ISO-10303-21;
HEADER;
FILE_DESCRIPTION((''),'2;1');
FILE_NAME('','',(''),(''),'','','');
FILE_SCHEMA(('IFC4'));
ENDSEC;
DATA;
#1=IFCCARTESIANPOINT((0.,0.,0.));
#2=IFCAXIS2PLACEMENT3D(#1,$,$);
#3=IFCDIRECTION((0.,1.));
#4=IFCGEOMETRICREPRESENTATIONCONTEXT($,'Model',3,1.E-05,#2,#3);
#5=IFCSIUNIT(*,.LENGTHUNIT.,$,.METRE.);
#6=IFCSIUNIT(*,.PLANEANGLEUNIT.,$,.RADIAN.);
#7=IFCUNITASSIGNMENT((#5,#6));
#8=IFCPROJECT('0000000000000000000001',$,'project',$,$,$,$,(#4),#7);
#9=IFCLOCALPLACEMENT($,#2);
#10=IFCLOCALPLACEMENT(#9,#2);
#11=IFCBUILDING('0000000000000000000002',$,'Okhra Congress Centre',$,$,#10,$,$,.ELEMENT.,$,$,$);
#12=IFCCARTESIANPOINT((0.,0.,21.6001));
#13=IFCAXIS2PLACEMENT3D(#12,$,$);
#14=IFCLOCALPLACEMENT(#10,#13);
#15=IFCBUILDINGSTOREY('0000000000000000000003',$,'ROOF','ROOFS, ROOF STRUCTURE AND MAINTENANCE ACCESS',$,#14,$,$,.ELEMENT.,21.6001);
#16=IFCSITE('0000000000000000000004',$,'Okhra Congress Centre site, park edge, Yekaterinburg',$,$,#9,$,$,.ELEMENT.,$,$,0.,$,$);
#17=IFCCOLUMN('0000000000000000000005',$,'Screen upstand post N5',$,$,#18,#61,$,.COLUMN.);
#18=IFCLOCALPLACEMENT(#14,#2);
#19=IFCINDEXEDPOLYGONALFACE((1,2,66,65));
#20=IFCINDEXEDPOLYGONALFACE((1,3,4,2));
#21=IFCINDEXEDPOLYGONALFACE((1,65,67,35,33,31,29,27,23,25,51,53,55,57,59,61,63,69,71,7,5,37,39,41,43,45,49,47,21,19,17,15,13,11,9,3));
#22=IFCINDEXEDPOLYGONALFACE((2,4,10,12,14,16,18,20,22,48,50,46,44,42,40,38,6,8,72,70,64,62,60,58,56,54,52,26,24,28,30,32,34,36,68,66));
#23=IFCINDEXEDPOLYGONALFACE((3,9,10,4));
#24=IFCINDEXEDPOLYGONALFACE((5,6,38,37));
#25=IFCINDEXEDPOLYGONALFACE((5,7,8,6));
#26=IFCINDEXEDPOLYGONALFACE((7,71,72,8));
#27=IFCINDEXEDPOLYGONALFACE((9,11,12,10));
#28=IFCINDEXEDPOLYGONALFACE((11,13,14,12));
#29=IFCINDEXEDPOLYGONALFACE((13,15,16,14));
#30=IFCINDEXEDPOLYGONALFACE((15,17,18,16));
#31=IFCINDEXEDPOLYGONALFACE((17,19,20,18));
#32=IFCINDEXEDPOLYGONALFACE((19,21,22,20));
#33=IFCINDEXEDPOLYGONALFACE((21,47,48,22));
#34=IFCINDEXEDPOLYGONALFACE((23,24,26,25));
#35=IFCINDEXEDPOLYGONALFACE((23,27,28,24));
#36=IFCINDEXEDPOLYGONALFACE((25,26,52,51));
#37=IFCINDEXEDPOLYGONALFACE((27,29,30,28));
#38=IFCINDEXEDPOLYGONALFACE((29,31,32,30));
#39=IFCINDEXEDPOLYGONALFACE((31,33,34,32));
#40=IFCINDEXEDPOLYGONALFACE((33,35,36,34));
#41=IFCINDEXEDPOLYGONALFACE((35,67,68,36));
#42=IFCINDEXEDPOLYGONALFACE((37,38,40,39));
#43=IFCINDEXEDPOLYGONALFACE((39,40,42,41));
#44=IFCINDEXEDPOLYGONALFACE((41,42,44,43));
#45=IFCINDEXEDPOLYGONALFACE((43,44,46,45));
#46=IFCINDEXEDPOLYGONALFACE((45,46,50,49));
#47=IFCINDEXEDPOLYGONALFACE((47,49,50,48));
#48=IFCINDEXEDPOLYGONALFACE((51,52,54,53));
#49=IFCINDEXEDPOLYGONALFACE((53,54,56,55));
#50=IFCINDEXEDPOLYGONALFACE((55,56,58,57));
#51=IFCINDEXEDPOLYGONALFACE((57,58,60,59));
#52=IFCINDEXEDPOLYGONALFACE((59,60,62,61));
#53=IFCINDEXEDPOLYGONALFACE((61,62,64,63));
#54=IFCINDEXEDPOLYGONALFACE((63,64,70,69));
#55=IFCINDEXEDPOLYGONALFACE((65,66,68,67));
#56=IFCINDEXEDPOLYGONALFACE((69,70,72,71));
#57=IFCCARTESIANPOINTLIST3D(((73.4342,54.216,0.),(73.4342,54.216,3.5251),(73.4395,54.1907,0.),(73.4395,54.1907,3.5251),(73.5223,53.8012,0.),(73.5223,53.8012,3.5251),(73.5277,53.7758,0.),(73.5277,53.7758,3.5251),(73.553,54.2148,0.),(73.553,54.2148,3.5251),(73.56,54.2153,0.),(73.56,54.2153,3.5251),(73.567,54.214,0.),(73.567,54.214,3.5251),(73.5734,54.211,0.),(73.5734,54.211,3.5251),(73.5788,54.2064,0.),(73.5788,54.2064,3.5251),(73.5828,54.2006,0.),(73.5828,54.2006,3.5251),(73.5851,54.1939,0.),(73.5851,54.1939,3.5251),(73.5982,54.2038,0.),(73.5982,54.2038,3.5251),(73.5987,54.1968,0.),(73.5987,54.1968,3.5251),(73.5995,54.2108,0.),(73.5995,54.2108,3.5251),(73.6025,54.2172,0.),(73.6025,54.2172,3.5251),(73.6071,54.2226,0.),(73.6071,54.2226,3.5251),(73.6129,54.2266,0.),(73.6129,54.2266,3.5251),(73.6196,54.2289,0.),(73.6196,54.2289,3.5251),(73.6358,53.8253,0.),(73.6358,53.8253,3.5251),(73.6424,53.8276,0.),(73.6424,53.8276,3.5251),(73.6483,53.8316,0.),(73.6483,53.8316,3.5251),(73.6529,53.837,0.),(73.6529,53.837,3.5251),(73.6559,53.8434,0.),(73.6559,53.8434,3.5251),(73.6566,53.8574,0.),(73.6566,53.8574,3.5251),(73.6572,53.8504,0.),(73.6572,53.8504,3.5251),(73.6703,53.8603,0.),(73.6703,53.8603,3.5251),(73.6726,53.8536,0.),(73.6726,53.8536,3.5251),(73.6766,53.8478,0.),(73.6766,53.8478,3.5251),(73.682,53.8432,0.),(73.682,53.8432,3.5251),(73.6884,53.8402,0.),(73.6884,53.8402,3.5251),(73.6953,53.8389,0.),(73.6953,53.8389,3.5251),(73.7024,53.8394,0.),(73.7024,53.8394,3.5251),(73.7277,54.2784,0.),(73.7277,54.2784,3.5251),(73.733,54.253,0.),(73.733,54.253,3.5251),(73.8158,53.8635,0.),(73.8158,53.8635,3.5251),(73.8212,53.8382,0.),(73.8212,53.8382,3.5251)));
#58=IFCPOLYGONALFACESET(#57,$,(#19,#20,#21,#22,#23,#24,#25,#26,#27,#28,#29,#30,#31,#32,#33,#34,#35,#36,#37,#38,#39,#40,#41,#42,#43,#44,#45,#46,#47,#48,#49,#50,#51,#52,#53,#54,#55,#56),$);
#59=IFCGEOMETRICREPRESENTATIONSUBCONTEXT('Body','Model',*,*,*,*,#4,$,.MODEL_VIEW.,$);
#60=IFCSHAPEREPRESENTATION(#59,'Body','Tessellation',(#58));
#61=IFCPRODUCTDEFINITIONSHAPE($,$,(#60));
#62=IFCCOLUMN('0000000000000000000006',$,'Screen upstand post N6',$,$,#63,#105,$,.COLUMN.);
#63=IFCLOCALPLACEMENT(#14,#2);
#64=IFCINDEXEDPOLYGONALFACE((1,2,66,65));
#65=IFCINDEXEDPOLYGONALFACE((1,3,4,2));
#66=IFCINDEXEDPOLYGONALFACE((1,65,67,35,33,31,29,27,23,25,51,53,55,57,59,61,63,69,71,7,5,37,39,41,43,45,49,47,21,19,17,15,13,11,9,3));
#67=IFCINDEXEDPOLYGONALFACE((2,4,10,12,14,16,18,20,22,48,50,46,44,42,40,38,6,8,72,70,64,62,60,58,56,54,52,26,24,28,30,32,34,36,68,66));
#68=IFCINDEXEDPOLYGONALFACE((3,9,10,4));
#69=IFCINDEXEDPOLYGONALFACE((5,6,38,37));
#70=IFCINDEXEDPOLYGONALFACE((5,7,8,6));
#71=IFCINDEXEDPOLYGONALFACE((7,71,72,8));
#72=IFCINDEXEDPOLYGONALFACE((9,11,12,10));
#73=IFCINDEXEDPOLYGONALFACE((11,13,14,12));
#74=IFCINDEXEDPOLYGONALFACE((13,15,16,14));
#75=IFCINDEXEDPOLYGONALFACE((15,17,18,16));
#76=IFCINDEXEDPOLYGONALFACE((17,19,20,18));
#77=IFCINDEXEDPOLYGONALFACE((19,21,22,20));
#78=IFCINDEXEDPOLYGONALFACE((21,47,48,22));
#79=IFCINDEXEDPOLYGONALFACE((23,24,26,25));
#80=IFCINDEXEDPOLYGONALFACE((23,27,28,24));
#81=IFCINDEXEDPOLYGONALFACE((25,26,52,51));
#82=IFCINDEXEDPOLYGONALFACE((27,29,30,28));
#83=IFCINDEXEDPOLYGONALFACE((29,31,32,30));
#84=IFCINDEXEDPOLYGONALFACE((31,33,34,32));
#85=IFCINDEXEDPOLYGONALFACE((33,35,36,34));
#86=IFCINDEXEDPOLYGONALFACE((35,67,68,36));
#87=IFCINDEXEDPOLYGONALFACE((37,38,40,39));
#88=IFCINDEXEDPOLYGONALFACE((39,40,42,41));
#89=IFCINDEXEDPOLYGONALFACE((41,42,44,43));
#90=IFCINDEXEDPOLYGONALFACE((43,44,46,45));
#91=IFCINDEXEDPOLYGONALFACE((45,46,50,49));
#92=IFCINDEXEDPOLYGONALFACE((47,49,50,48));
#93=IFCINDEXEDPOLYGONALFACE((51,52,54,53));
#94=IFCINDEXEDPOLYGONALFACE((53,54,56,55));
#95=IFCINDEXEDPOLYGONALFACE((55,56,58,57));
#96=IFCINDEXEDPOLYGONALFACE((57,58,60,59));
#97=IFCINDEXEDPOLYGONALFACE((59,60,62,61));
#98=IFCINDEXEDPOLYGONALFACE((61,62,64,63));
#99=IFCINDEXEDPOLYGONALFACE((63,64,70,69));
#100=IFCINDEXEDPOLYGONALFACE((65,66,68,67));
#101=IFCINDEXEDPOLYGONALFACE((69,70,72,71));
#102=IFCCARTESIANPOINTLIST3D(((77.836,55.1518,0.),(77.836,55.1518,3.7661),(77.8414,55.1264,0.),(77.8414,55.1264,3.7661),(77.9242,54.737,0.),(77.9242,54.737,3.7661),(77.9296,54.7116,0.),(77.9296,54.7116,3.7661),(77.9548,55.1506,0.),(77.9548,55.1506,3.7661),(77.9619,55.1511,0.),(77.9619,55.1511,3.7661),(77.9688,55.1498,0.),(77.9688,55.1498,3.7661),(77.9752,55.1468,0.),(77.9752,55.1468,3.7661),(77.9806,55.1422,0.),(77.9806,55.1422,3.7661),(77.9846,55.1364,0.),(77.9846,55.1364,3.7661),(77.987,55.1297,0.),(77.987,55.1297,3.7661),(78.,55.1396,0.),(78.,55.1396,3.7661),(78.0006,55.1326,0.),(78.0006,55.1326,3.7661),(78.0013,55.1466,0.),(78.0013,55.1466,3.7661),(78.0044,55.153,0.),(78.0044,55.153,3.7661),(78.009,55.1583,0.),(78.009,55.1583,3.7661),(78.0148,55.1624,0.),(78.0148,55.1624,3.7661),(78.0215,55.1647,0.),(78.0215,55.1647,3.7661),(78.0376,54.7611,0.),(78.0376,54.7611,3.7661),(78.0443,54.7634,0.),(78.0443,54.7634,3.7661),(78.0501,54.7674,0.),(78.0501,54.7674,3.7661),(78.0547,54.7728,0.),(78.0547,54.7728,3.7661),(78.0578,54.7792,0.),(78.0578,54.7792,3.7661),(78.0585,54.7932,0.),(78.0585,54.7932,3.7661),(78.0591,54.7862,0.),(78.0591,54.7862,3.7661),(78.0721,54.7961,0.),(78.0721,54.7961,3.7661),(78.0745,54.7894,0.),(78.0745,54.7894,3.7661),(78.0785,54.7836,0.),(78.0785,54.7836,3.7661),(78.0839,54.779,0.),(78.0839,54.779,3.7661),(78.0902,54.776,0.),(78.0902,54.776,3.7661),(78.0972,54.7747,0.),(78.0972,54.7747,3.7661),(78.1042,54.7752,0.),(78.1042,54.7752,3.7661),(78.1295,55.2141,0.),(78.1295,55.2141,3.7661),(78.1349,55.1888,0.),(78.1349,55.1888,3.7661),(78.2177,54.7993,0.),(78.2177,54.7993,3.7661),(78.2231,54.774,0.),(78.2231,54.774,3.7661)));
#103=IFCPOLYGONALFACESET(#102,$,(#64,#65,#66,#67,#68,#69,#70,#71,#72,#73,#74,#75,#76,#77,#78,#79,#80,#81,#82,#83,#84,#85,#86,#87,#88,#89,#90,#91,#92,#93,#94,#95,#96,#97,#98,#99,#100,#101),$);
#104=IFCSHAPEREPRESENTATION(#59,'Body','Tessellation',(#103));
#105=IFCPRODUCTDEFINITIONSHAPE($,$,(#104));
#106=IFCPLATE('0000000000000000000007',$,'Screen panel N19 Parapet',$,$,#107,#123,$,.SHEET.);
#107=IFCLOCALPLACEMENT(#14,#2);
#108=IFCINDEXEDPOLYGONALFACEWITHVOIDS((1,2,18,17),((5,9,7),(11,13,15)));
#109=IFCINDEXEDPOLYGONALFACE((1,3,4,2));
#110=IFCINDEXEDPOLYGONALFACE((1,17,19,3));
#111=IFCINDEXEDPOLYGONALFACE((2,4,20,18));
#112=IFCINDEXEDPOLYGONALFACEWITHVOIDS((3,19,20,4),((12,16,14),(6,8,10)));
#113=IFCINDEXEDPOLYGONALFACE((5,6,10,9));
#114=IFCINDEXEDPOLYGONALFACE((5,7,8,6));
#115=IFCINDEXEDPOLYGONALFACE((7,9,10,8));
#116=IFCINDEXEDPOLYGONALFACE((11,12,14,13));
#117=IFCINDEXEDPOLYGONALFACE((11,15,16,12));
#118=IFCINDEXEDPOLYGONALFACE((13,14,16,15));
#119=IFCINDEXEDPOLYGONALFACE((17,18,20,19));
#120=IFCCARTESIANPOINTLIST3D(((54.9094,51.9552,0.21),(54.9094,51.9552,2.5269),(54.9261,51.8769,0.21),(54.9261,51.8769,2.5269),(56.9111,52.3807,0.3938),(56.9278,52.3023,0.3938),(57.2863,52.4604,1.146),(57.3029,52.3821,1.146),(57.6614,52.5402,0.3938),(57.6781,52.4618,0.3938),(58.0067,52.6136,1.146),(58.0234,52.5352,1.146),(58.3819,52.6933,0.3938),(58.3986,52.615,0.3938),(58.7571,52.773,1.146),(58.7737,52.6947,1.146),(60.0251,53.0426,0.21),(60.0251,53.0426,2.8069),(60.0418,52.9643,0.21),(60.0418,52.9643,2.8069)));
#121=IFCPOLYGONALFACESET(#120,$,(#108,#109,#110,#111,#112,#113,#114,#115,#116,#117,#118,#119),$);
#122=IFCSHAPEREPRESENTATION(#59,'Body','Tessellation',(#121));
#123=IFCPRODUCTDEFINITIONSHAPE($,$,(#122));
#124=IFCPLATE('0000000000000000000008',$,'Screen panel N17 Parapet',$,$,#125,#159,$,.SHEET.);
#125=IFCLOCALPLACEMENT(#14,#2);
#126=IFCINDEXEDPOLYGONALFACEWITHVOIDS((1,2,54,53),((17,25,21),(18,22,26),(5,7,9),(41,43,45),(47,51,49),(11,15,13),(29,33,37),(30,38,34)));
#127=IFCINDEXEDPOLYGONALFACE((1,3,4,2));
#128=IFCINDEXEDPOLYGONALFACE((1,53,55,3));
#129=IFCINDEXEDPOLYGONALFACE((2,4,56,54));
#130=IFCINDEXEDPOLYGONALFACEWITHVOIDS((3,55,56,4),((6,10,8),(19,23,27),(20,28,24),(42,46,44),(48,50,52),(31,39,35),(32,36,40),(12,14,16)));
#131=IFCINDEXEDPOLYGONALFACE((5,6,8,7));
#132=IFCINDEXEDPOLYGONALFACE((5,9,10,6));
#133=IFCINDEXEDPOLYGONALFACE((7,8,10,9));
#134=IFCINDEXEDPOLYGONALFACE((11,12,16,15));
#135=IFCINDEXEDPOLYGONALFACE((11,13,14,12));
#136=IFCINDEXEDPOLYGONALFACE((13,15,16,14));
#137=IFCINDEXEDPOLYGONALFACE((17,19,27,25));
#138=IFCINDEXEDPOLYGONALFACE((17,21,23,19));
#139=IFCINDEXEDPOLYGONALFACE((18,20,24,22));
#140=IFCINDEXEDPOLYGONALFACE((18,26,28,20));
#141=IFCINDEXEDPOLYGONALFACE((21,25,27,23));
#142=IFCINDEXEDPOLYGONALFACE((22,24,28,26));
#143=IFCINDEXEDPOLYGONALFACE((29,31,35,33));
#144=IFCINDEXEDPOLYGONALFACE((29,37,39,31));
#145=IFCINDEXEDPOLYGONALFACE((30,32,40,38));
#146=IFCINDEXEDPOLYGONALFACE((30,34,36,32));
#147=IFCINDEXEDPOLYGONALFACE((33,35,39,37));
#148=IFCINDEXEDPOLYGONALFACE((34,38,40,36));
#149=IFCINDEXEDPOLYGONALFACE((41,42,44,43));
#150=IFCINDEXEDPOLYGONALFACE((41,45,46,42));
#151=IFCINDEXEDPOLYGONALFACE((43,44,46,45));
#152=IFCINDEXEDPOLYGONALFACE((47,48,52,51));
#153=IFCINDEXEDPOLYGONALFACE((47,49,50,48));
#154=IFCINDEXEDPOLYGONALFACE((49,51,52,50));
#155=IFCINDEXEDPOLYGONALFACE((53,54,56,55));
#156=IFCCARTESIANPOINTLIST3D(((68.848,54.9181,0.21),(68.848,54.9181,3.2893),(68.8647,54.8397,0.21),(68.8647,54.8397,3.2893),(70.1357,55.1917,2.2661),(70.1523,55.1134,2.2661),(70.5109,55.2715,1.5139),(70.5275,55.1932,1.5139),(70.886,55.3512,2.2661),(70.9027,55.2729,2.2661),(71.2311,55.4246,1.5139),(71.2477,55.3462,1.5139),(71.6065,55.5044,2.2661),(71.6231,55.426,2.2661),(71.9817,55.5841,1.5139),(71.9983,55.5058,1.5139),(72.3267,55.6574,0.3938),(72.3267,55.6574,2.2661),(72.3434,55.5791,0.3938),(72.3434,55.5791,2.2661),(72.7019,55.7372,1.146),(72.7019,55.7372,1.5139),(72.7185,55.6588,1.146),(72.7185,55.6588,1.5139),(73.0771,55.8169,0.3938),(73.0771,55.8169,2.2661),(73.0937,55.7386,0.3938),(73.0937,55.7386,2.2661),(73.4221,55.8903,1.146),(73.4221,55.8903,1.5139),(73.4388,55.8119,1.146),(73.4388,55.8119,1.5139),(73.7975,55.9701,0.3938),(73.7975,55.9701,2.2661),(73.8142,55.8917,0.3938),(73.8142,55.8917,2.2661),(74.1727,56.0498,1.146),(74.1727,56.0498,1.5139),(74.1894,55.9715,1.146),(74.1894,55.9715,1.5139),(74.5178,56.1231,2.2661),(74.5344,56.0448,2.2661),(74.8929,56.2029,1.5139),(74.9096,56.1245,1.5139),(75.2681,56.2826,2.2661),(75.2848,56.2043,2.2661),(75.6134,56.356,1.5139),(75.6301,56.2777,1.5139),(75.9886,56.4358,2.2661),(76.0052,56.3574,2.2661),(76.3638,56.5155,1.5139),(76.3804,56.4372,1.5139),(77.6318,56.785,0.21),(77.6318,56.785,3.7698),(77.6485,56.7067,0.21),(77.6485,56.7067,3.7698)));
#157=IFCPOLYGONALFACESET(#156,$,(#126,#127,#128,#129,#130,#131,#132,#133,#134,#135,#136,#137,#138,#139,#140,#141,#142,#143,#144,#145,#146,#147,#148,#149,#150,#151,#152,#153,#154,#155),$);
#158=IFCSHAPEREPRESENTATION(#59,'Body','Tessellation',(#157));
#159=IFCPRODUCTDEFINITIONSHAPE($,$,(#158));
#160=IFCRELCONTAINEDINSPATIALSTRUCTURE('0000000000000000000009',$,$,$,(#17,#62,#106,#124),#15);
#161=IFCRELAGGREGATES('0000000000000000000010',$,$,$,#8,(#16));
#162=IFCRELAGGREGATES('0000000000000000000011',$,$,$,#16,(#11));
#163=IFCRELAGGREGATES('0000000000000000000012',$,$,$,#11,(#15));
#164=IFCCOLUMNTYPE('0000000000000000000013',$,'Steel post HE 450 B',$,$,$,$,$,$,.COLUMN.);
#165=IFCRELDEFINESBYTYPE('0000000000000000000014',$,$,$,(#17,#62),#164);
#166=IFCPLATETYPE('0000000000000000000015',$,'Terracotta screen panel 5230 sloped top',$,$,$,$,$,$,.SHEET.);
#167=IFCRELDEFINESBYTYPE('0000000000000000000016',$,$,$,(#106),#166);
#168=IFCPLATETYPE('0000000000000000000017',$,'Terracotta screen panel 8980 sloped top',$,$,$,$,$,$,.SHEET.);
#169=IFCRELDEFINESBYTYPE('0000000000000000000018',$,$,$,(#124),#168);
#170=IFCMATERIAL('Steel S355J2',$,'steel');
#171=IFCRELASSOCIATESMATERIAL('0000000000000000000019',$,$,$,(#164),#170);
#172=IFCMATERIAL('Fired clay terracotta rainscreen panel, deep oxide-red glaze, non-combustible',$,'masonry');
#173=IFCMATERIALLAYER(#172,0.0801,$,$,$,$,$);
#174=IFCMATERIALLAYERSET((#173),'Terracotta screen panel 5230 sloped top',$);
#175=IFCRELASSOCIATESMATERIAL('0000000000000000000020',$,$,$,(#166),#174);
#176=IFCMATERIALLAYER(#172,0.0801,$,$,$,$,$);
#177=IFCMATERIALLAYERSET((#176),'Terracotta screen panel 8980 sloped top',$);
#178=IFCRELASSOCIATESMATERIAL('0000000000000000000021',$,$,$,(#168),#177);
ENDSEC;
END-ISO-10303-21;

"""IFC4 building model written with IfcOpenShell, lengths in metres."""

from ifc_helpers import new_model, si_unit, direction, frame, origin, origin_2d, place, context, subcontext, project, spatial, polyline, i_section, outline, extrude, material, layer, layer_set, material_profile, profile_set, type_object, element, save


model = new_model("IFC4")

# Units and contexts
model_context = context("Model", 3, precision=1e-05, world=origin(), true_north=direction((0.0, 1.0)))
body_context = subcontext(model_context, "Body", "Model", "MODEL_VIEW")
ifc_project = project(units=[si_unit("LENGTHUNIT", "METRE"), si_unit("PLANEANGLEUNIT", "RADIAN")], contexts=[model_context])

# Site, building, storey
site_placement = place(None, origin())
site = spatial("IfcSite", under=ifc_project, at=site_placement, Name="Okhra Congress Centre site, park edge, Yekaterinburg", CompositionType="ELEMENT", RefElevation=0.0)
building_placement = place(site_placement, origin())
building = spatial("IfcBuilding", under=site, at=building_placement, Name="Okhra Congress Centre", CompositionType="ELEMENT")
storey_placement = place(building_placement, frame((0.0, 0.0, 21.6001)))
storey = spatial("IfcBuildingStorey", under=building, at=storey_placement, Name="ROOF", Description="ROOFS, ROOF STRUCTURE AND MAINTENANCE ACCESS", CompositionType="ELEMENT", Elevation=21.6001)

# Columns
ifc_material_1 = material(Name="Steel S355J2", Category="steel")
ifc_material_profile_1 = material_profile(ifc_material_1, i_section(OverallWidth=0.3, OverallDepth=0.45, WebThickness=0.0139, FlangeThickness=0.0259, FilletRadius=0.0271, at=origin_2d()), Name="HE 450 B")
ifc_profile_set_1 = profile_set([ifc_material_profile_1], Name="Steel S355J2")
column_type_1 = type_object("IfcColumnType", Name="Steel post HE 450 B", PredefinedType="COLUMN", material=ifc_profile_set_1)
column_1_placement = place(storey_placement, frame((73.6277, 54.0271, 0.0), z_axis=(0.0, 0.0, 1.0), x_axis=(0.978148, 0.207912, 0.0)))
element("IfcColumn", 1, at=column_1_placement, inside=storey, type_object=column_type_1, Name="Screen upstand post N5", PredefinedType="COLUMN", context=body_context, shape_type="SweptSolid", body=[
    extrude(i_section(OverallWidth=0.3, OverallDepth=0.45, WebThickness=0.0139, FlangeThickness=0.0259, FilletRadius=0.0271, at=origin_2d()), origin(), (0.0, 0.0, 1.0), 3.5251),
])
column_2_placement = place(storey_placement, frame((78.0295, 54.9629, 0.0), z_axis=(0.0, 0.0, 1.0), x_axis=(0.978148, 0.207912, 0.0)))
element("IfcColumn", 2, at=column_2_placement, inside=storey, type_object=column_type_1, Name="Screen upstand post N6", PredefinedType="COLUMN", context=body_context, shape_type="SweptSolid", body=[
    extrude(i_section(OverallWidth=0.3, OverallDepth=0.45, WebThickness=0.0139, FlangeThickness=0.0259, FilletRadius=0.0271, at=origin_2d()), origin(), (0.0, 0.0, 1.0), 3.7661),
])

# Plates
ifc_material_2 = material(Name="Fired clay terracotta rainscreen panel, deep oxide-red glaze, non-combustible", Category="masonry")
ifc_layer_1 = layer(ifc_material_2, 0.0801)
ifc_layer_set_1 = layer_set([ifc_layer_1], Name="Terracotta screen panel 5230 sloped top")
plate_type_1 = type_object("IfcPlateType", Name="Terracotta screen panel 5230 sloped top", PredefinedType="SHEET", material=ifc_layer_set_1)
plate_1_placement = place(storey_placement, frame((60.0334, 53.0034, 0.21), z_axis=(0.0, 0.0, 1.0), x_axis=(-0.978147, -0.207916, 0.0)))
element("IfcPlate", 3, at=plate_1_placement, inside=storey, type_object=plate_type_1, Name="Screen panel N19 Parapet", PredefinedType="SHEET", context=body_context, shape_type="SweptSolid", body=[
    extrude(outline(polyline([(0.0, 0.0), (5.23, 0.0), (5.23, 2.3169), (0.0, 2.5969), (0.0, 0.0)]), holes=[polyline([(1.2964, 0.936), (1.6799, 0.1838), (2.0635, 0.936), (1.2964, 0.936)]), polyline([(2.4165, 0.1838), (3.1836, 0.1838), (2.8, 0.936), (2.4165, 0.1838)])]), frame((0.0, 0.04, 0.0), z_axis=(0.0, -1.0, 0.0), x_axis=(1.0, 0.0, 0.0)), (0.0, 0.0, 1.0), 0.0801),
])
ifc_layer_2 = layer(ifc_material_2, 0.0801)
ifc_layer_set_2 = layer_set([ifc_layer_2], Name="Terracotta screen panel 8980 sloped top")
plate_type_2 = type_object("IfcPlateType", Name="Terracotta screen panel 8980 sloped top", PredefinedType="SHEET", material=ifc_layer_set_2)
plate_2_placement = place(storey_placement, frame((77.6401, 56.7458, 0.21), z_axis=(0.0, 0.0, 1.0), x_axis=(-0.97815, -0.207902, 0.0)))
element("IfcPlate", 4, at=plate_2_placement, inside=storey, type_object=plate_type_2, Name="Screen panel N17 Parapet", PredefinedType="SHEET", context=body_context, shape_type="SweptSolid", body=[
    extrude(outline(polyline([(0.0, 0.0), (8.98, 0.0), (8.98, 3.0793), (0.0, 3.5598), (0.0, 0.0)]), holes=[polyline([(3.5364, 0.936), (3.9199, 0.1838), (4.3037, 0.936), (3.5364, 0.936)]), polyline([(4.6565, 0.1838), (5.4236, 0.1838), (5.04, 0.936), (4.6565, 0.1838)]), polyline([(1.2964, 1.304), (2.0635, 1.304), (1.6799, 2.0562), (1.2964, 1.304)]), polyline([(2.4165, 2.0562), (2.8, 1.304), (3.1836, 2.0562), (2.4165, 2.0562)]), polyline([(3.5364, 1.304), (4.3037, 1.304), (3.9199, 2.0562), (3.5364, 1.304)]), polyline([(4.6565, 2.0562), (5.04, 1.304), (5.4236, 2.0562), (4.6565, 2.0562)]), polyline([(5.7764, 1.304), (6.5437, 1.304), (6.1599, 2.0562), (5.7764, 1.304)]), polyline([(6.8965, 2.0562), (7.28, 1.304), (7.6636, 2.0562), (6.8965, 2.0562)])]), frame((0.0, 0.04, 0.0), z_axis=(0.0, -1.0, 0.0), x_axis=(1.0, 0.0, 0.0)), (0.0, 0.0, 1.0), 0.0801),
])

save(model, "model.ifc")
